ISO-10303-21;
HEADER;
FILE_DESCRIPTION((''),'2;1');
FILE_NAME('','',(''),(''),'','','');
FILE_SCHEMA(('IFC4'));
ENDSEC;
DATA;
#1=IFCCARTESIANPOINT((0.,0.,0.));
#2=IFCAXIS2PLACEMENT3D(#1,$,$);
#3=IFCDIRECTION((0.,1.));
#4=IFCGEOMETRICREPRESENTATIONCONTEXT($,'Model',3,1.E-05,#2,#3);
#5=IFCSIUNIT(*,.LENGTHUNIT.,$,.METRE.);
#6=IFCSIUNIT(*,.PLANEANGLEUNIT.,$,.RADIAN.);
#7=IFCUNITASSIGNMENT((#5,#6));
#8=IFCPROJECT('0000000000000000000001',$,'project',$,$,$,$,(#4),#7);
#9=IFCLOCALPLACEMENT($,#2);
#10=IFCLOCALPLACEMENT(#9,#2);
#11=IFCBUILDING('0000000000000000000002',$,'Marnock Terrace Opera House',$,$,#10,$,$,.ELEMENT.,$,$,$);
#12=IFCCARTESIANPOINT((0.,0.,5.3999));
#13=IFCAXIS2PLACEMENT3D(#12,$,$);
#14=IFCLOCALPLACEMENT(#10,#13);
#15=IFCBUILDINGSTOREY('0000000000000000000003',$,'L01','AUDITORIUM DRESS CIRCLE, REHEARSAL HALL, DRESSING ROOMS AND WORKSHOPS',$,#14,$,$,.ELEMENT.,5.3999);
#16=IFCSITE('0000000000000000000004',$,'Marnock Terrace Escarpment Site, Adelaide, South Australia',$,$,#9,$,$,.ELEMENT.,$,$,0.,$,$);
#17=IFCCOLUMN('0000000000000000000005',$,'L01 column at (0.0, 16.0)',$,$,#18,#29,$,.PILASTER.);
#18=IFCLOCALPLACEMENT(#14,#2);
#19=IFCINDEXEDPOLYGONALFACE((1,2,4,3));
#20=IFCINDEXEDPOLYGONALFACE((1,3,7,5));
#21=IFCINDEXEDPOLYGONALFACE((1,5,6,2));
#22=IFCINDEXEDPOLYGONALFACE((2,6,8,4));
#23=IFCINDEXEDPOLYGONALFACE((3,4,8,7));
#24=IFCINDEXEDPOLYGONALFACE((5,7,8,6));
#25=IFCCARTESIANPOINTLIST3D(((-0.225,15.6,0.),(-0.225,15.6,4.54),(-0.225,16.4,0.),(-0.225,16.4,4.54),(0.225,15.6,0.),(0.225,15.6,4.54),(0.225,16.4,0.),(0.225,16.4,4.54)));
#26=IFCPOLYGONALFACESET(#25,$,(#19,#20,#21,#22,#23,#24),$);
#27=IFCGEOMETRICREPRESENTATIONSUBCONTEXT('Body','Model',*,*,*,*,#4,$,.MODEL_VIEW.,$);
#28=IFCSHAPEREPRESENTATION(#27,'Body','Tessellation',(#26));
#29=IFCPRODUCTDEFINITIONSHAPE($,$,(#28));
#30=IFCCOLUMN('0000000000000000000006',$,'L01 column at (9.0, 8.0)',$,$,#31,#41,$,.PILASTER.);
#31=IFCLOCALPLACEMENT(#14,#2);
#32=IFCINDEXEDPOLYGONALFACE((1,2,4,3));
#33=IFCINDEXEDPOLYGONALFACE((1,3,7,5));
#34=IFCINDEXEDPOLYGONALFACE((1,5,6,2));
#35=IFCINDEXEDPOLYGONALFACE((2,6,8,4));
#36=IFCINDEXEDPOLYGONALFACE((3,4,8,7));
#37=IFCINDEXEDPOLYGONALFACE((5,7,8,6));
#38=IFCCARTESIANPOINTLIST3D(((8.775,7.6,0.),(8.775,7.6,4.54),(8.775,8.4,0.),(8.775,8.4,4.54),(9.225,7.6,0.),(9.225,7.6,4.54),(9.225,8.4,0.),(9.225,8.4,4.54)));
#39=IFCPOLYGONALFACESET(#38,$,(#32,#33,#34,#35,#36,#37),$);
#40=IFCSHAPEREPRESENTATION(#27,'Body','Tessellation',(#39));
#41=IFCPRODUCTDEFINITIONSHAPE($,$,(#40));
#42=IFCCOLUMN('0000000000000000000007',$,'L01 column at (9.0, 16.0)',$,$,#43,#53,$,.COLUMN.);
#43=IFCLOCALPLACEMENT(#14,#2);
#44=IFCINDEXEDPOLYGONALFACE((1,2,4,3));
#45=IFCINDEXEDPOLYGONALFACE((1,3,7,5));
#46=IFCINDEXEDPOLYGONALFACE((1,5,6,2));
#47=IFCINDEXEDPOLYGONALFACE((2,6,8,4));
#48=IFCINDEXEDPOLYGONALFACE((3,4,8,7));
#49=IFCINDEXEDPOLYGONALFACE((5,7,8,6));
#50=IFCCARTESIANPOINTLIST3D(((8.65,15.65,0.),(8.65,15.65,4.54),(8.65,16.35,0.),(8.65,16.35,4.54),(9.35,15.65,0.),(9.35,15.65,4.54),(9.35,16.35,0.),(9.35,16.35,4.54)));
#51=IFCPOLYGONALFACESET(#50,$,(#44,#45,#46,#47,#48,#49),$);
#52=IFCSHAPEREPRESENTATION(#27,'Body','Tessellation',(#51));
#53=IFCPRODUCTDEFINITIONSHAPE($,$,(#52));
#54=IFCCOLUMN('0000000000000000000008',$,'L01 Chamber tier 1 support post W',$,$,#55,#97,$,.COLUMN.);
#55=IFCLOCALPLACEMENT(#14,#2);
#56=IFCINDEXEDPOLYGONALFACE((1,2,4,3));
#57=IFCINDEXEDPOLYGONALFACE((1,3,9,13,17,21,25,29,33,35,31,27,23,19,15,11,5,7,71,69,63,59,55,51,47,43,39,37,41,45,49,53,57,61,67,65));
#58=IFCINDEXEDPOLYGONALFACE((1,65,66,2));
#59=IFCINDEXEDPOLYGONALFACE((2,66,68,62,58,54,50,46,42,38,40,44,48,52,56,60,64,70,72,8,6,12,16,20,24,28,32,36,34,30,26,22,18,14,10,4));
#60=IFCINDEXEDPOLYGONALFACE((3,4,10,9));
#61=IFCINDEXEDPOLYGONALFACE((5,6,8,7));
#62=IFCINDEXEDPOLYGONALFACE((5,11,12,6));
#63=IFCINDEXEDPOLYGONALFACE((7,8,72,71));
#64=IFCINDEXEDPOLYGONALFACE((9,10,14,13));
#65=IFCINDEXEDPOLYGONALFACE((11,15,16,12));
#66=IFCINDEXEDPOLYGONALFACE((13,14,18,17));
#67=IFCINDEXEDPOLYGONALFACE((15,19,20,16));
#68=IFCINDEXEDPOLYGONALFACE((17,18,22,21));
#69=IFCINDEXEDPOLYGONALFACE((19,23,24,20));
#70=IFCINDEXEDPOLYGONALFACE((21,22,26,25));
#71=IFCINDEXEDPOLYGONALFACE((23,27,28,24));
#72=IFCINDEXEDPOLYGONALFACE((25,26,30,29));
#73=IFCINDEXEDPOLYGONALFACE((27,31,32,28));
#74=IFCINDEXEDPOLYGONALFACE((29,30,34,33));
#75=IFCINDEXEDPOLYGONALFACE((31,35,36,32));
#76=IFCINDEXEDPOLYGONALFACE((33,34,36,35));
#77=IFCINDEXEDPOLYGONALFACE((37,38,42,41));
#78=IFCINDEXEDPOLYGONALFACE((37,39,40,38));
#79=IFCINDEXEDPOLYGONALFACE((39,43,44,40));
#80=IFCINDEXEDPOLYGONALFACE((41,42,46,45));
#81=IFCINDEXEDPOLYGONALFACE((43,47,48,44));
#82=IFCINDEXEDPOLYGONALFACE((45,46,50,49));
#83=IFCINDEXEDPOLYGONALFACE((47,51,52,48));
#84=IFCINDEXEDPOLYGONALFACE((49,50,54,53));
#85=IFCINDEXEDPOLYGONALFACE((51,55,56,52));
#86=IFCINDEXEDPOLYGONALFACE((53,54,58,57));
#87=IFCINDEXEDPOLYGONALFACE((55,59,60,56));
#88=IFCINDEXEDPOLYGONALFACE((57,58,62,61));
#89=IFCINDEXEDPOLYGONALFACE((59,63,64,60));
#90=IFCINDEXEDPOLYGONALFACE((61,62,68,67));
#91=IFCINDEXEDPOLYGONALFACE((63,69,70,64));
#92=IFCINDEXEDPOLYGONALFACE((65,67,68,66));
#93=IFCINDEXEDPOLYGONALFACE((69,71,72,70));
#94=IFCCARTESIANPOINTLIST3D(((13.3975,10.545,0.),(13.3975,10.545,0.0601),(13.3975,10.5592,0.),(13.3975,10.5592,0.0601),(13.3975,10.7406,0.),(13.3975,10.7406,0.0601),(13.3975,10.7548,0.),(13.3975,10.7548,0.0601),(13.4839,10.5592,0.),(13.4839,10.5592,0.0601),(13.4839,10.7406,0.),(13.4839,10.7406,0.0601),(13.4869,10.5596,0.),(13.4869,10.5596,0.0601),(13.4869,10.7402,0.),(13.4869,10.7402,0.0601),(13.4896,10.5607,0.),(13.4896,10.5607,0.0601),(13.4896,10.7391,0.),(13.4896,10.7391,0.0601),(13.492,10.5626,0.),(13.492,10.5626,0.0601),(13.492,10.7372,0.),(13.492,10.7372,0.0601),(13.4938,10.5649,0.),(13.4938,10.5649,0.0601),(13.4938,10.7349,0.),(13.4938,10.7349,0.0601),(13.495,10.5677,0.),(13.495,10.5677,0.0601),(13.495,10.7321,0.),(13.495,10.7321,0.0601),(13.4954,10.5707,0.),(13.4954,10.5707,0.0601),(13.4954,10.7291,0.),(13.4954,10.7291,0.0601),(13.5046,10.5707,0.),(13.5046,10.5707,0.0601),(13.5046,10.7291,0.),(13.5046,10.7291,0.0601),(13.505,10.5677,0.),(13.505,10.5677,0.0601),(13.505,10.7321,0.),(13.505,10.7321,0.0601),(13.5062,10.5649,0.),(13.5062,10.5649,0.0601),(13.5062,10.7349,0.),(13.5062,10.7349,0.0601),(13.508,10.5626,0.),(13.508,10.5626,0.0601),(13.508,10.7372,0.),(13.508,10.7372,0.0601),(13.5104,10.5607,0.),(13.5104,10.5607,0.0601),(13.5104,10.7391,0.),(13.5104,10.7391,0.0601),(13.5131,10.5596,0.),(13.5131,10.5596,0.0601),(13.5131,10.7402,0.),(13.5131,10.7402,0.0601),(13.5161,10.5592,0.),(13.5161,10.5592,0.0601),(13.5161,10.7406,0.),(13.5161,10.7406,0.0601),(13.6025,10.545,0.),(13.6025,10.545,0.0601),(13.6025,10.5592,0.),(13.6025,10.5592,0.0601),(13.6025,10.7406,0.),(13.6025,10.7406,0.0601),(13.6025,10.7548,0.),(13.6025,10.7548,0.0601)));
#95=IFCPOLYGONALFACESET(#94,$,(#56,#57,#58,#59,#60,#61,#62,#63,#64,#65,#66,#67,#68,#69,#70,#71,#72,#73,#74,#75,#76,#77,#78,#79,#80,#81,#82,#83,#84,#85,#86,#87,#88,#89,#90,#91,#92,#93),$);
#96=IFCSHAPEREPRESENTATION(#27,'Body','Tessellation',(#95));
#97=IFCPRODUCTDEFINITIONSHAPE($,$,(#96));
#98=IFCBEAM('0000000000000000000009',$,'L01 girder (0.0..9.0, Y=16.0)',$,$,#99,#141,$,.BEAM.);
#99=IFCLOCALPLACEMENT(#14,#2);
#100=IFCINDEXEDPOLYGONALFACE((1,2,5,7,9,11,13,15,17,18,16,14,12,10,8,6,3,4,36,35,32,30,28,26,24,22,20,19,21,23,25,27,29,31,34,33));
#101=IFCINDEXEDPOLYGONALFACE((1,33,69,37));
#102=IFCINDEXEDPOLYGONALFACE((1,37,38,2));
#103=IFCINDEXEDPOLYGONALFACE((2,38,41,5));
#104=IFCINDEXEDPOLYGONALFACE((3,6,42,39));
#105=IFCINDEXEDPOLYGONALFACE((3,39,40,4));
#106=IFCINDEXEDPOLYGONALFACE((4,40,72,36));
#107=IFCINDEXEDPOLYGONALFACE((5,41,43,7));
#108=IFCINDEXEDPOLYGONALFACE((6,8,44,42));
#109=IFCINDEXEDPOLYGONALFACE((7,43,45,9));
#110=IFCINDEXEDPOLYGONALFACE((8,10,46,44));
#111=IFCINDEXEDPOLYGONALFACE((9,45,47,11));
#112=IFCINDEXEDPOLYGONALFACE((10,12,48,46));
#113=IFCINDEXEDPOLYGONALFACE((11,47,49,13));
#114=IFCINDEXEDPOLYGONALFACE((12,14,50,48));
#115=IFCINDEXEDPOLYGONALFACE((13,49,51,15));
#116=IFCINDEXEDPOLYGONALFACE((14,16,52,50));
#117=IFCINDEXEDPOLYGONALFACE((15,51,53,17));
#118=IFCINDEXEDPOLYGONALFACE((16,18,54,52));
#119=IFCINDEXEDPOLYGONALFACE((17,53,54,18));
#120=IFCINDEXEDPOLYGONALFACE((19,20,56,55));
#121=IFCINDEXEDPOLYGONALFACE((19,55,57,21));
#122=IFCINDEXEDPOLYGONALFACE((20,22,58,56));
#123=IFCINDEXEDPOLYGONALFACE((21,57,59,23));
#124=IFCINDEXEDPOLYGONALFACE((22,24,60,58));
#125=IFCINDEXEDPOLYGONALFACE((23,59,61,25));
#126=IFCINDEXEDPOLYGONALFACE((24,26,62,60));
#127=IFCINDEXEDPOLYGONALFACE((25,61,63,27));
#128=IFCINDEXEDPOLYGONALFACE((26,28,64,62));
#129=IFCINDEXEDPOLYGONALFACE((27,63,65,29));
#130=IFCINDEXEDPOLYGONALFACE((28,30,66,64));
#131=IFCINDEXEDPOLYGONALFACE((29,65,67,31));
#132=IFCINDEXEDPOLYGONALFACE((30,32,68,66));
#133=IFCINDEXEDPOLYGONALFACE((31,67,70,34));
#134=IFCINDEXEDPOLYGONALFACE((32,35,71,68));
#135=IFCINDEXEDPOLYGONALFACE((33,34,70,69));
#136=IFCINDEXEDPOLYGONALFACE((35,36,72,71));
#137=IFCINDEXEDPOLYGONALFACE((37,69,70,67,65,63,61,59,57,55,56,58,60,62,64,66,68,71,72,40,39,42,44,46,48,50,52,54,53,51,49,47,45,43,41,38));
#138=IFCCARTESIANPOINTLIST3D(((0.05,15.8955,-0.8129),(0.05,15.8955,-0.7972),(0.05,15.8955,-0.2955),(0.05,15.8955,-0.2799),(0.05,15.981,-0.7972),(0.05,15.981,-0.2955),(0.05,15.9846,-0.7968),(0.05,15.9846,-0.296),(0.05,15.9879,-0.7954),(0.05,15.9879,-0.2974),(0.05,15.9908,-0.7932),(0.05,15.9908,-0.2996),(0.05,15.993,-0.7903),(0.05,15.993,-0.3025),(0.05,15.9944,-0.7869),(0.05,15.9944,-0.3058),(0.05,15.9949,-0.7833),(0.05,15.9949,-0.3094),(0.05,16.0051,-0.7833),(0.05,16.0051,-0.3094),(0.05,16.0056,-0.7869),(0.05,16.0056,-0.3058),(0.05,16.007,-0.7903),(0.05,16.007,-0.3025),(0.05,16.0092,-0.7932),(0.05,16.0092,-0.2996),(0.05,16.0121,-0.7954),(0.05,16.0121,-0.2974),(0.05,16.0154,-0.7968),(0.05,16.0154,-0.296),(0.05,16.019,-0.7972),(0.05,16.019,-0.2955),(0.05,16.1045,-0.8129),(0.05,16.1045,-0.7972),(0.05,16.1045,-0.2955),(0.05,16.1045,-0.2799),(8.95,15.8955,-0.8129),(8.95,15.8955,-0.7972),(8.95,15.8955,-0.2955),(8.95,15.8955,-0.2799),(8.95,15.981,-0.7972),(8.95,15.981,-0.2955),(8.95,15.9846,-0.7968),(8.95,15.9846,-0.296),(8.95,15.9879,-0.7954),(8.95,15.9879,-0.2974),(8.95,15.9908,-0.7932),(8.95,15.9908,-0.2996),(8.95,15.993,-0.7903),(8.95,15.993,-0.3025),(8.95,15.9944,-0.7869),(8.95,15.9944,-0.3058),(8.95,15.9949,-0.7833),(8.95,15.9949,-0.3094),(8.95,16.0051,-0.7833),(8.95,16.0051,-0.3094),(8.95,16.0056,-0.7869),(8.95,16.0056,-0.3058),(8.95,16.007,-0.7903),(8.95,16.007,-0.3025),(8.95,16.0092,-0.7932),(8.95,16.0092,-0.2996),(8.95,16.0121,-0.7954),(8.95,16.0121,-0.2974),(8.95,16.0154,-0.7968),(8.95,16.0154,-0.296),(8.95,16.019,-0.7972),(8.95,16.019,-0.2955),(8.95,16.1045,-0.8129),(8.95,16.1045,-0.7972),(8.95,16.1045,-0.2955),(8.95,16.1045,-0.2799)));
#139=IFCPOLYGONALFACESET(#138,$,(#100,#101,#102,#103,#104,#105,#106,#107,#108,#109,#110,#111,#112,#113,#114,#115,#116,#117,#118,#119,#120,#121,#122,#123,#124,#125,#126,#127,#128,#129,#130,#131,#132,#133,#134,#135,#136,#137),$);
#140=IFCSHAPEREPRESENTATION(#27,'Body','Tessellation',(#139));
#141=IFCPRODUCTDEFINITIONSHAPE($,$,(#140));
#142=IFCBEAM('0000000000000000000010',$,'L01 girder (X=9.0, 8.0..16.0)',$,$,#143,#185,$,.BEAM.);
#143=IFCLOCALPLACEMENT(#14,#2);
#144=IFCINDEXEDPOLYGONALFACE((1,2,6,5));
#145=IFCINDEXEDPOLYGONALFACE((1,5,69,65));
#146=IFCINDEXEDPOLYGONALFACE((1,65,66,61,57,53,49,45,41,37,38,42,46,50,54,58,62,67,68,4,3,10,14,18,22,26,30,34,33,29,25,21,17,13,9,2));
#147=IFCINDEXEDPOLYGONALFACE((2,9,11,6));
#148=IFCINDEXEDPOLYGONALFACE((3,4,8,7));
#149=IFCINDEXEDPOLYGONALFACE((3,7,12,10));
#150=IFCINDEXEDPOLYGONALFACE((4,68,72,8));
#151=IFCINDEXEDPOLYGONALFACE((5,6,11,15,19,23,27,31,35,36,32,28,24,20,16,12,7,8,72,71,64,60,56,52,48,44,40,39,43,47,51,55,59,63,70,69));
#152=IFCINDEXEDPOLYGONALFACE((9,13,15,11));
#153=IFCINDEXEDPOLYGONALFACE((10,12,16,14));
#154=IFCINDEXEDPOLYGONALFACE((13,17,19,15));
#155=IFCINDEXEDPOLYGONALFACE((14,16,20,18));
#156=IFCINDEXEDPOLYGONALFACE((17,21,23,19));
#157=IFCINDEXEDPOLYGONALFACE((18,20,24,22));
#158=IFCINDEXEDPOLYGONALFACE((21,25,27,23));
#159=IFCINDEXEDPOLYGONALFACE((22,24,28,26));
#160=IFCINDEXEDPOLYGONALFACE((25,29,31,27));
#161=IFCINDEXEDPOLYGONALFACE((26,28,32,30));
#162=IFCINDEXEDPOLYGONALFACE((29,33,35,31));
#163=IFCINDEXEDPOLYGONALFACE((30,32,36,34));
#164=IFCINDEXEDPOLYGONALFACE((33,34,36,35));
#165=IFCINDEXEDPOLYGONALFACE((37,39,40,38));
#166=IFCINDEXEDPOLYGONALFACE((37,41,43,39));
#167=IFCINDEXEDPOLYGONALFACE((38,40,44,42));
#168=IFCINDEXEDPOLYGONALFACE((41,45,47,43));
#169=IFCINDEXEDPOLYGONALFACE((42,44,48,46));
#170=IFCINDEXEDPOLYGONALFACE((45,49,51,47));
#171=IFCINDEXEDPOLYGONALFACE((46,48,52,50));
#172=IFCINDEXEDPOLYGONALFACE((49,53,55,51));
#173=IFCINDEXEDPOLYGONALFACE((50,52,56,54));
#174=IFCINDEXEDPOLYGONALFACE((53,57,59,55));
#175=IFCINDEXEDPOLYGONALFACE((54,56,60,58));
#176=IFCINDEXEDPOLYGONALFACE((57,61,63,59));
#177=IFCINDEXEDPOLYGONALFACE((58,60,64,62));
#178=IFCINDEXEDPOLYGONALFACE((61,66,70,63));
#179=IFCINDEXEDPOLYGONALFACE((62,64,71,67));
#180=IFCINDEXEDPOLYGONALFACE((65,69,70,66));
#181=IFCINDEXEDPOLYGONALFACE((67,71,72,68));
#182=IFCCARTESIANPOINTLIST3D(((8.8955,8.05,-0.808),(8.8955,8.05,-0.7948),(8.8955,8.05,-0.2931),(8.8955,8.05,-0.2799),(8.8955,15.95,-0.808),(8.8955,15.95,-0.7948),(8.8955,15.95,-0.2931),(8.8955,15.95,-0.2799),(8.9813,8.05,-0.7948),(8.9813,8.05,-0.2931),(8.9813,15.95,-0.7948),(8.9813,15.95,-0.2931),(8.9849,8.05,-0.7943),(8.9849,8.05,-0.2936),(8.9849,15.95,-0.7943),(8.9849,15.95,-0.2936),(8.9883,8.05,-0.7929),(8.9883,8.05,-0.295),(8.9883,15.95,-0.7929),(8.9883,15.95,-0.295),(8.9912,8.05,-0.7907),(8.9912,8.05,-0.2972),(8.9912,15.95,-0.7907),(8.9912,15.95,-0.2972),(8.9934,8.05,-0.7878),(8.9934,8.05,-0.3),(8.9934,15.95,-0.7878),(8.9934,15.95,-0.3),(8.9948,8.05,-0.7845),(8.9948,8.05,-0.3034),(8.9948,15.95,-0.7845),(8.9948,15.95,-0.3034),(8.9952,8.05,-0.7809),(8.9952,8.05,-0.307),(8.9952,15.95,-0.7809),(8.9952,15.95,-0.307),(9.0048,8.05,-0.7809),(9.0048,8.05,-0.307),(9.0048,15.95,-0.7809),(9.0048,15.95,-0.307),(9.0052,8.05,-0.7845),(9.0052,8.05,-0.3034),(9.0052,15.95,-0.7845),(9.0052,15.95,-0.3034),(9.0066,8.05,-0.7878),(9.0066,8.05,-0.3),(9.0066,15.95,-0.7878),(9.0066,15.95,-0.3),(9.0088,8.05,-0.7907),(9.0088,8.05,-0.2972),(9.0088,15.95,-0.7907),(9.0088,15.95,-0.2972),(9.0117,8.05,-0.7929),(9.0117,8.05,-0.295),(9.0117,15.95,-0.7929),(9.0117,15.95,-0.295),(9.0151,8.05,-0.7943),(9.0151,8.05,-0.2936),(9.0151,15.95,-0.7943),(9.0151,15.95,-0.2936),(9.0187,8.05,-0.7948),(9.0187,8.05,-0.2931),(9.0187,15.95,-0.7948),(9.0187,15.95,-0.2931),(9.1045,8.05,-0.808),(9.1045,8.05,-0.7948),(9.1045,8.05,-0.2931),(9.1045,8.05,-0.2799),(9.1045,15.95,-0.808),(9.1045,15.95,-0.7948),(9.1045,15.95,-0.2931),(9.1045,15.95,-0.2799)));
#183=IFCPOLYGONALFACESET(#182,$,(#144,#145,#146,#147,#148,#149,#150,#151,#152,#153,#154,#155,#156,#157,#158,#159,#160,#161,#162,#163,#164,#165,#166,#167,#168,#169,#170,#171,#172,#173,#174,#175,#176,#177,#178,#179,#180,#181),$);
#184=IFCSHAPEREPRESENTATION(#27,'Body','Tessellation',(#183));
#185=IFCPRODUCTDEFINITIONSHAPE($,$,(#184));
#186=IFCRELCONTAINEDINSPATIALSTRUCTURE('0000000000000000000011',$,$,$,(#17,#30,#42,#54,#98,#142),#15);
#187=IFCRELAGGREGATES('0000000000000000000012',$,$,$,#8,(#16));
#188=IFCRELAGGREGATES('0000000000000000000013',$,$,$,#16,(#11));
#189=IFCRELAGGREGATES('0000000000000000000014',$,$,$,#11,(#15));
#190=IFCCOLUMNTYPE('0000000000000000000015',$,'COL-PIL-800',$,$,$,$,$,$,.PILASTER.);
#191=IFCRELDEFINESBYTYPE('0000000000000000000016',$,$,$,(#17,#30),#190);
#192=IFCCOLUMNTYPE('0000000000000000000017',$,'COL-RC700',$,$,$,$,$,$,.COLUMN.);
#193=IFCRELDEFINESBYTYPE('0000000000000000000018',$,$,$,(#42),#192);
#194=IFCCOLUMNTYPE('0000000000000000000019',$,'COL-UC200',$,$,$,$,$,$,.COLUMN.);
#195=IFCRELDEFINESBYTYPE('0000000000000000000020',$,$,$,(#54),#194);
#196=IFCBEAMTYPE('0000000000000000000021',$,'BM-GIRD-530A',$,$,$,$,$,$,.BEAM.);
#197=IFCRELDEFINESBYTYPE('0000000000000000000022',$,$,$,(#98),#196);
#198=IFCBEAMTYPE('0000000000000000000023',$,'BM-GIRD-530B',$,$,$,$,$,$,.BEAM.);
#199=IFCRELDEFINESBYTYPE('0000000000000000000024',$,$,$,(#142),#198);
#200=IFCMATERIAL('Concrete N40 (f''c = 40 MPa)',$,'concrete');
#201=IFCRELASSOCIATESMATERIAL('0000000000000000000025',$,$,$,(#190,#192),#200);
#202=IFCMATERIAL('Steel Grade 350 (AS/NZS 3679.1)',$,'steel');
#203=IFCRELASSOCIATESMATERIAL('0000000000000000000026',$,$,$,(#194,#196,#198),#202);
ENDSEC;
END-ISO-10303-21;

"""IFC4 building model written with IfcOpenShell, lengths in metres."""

from ifc_helpers import new_model, si_unit, direction, frame, origin, origin_2d, place, context, subcontext, project, spatial, rectangle, i_section, extrude, material, material_profile, profile_set, type_object, element, save


model = new_model("IFC4")

# Units and contexts
model_context = context("Model", 3, precision=1e-05, world=origin(), true_north=direction((0.0, 1.0)))
body_context = subcontext(model_context, "Body", "Model", "MODEL_VIEW")
ifc_project = project(units=[si_unit("LENGTHUNIT", "METRE"), si_unit("PLANEANGLEUNIT", "RADIAN")], contexts=[model_context])

# Site, building, storey
site_placement = place(None, origin())
site = spatial("IfcSite", under=ifc_project, at=site_placement, Name="Marnock Terrace Escarpment Site, Adelaide, South Australia", CompositionType="ELEMENT", RefElevation=0.0)
building_placement = place(site_placement, origin())
building = spatial("IfcBuilding", under=site, at=building_placement, Name="Marnock Terrace Opera House", CompositionType="ELEMENT")
storey_placement = place(building_placement, frame((0.0, 0.0, 5.3999)))
storey = spatial("IfcBuildingStorey", under=building, at=storey_placement, Name="L01", Description="AUDITORIUM DRESS CIRCLE, REHEARSAL HALL, DRESSING ROOMS AND WORKSHOPS", CompositionType="ELEMENT", Elevation=5.3999)

# Columns
ifc_material_1 = material(Name="Concrete N40 (f'c = 40 MPa)", Category="concrete")
ifc_material_profile_1 = material_profile(ifc_material_1, rectangle(XDim=0.45, YDim=0.8, at=origin_2d()))
ifc_profile_set_1 = profile_set([ifc_material_profile_1], Name="Concrete N40 (f'c = 40 MPa)")
column_type_1 = type_object("IfcColumnType", Name="COL-PIL-800", PredefinedType="PILASTER", material=ifc_profile_set_1)
for number, where, z_axis, x_axis, name in (
    (1, (0.0, 16.0, 0.0), (0.0, 0.0, 1.0), (1.0, 0.0, 0.0), "L01 column at (0.0, 16.0)"),
    (2, (9.0, 8.0, 0.0), (0.0, 0.0, 1.0), (1.0, 0.0, 0.0), "L01 column at (9.0, 8.0)"),
):
    element("IfcColumn", number, at=place(storey_placement, frame(where, z_axis=z_axis, x_axis=x_axis)), inside=storey, type_object=column_type_1, Name=name, PredefinedType="PILASTER", context=body_context, shape_type="SweptSolid", body=[
        extrude(rectangle(XDim=0.45, YDim=0.8, at=origin_2d()), origin(), (0.0, 0.0, 1.0), 4.54),
    ])
ifc_material_profile_2 = material_profile(ifc_material_1, rectangle(XDim=0.7, YDim=0.7, at=origin_2d()))
ifc_profile_set_2 = profile_set([ifc_material_profile_2], Name="Concrete N40 (f'c = 40 MPa)")
column_type_2 = type_object("IfcColumnType", Name="COL-RC700", PredefinedType="COLUMN", material=ifc_profile_set_2)
column_1_placement = place(storey_placement, frame((9.0, 16.0, 0.0), z_axis=(0.0, 0.0, 1.0), x_axis=(1.0, 0.0, 0.0)))
element("IfcColumn", 3, at=column_1_placement, inside=storey, type_object=column_type_2, Name="L01 column at (9.0, 16.0)", PredefinedType="COLUMN", context=body_context, shape_type="SweptSolid", body=[
    extrude(rectangle(XDim=0.7, YDim=0.7, at=origin_2d()), origin(), (0.0, 0.0, 1.0), 4.54),
])
ifc_material_2 = material(Name="Steel Grade 350 (AS/NZS 3679.1)", Category="steel")
ifc_material_profile_3 = material_profile(ifc_material_2, i_section(OverallWidth=0.2051, OverallDepth=0.2097, WebThickness=0.0093, FlangeThickness=0.0142, FilletRadius=0.0115, at=origin_2d()))
ifc_profile_set_3 = profile_set([ifc_material_profile_3], Name="Steel Grade 350 (AS/NZS 3679.1)")
column_type_3 = type_object("IfcColumnType", Name="COL-UC200", PredefinedType="COLUMN", material=ifc_profile_set_3)
column_2_placement = place(storey_placement, frame((13.5, 10.6499, 0.0), z_axis=(0.0, 0.0, 1.0), x_axis=(1.0, 0.0, 0.0)))
element("IfcColumn", 4, at=column_2_placement, inside=storey, type_object=column_type_3, Name="L01 Chamber tier 1 support post W", PredefinedType="COLUMN", context=body_context, shape_type="SweptSolid", body=[
    extrude(i_section(OverallWidth=0.2051, OverallDepth=0.2097, WebThickness=0.0093, FlangeThickness=0.0142, FilletRadius=0.0115, at=origin_2d()), origin(), (0.0, 0.0, 1.0), 0.0601),
])

# Beams
ifc_material_profile_4 = material_profile(ifc_material_2, i_section(OverallWidth=0.209, OverallDepth=0.533, WebThickness=0.0103, FlangeThickness=0.0156, FilletRadius=0.0139, at=origin_2d()))
ifc_profile_set_4 = profile_set([ifc_material_profile_4], Name="Steel Grade 350 (AS/NZS 3679.1)")
beam_type_1 = type_object("IfcBeamType", Name="BM-GIRD-530A", PredefinedType="BEAM", material=ifc_profile_set_4)
beam_1_placement = place(storey_placement, frame((0.05, 16.0, -0.5464), z_axis=(1.0, 0.0, 0.0), x_axis=(0.0, 1.0, 0.0)))
element("IfcBeam", 5, at=beam_1_placement, inside=storey, type_object=beam_type_1, Name="L01 girder (0.0..9.0, Y=16.0)", PredefinedType="BEAM", context=body_context, shape_type="SweptSolid", body=[
    extrude(i_section(OverallWidth=0.209, OverallDepth=0.533, WebThickness=0.0103, FlangeThickness=0.0156, FilletRadius=0.0139, at=origin_2d()), origin(), (0.0, 0.0, 1.0), 8.8999),
])
ifc_material_profile_5 = material_profile(ifc_material_2, i_section(OverallWidth=0.209, OverallDepth=0.5281, WebThickness=0.0095, FlangeThickness=0.0132, FilletRadius=0.0139, at=origin_2d()))
ifc_profile_set_5 = profile_set([ifc_material_profile_5], Name="Steel Grade 350 (AS/NZS 3679.1)")
beam_type_2 = type_object("IfcBeamType", Name="BM-GIRD-530B", PredefinedType="BEAM", material=ifc_profile_set_5)
for number, where, z_axis, x_axis, name in (
    (6, (9.0, 8.05, -0.5439), (0.0, 1.0, 0.0), (-1.0, 0.0, 0.0), "L01 girder (X=9.0, 8.0..16.0)"),
):
    element("IfcBeam", number, at=place(storey_placement, frame(where, z_axis=z_axis, x_axis=x_axis)), inside=storey, type_object=beam_type_2, Name=name, PredefinedType="BEAM", context=body_context, shape_type="SweptSolid", body=[
        extrude(i_section(OverallWidth=0.209, OverallDepth=0.5281, WebThickness=0.0095, FlangeThickness=0.0132, FilletRadius=0.0139, at=origin_2d()), origin(), (0.0, 0.0, 1.0), 7.8999),
    ])

save(model, "model.ifc")
